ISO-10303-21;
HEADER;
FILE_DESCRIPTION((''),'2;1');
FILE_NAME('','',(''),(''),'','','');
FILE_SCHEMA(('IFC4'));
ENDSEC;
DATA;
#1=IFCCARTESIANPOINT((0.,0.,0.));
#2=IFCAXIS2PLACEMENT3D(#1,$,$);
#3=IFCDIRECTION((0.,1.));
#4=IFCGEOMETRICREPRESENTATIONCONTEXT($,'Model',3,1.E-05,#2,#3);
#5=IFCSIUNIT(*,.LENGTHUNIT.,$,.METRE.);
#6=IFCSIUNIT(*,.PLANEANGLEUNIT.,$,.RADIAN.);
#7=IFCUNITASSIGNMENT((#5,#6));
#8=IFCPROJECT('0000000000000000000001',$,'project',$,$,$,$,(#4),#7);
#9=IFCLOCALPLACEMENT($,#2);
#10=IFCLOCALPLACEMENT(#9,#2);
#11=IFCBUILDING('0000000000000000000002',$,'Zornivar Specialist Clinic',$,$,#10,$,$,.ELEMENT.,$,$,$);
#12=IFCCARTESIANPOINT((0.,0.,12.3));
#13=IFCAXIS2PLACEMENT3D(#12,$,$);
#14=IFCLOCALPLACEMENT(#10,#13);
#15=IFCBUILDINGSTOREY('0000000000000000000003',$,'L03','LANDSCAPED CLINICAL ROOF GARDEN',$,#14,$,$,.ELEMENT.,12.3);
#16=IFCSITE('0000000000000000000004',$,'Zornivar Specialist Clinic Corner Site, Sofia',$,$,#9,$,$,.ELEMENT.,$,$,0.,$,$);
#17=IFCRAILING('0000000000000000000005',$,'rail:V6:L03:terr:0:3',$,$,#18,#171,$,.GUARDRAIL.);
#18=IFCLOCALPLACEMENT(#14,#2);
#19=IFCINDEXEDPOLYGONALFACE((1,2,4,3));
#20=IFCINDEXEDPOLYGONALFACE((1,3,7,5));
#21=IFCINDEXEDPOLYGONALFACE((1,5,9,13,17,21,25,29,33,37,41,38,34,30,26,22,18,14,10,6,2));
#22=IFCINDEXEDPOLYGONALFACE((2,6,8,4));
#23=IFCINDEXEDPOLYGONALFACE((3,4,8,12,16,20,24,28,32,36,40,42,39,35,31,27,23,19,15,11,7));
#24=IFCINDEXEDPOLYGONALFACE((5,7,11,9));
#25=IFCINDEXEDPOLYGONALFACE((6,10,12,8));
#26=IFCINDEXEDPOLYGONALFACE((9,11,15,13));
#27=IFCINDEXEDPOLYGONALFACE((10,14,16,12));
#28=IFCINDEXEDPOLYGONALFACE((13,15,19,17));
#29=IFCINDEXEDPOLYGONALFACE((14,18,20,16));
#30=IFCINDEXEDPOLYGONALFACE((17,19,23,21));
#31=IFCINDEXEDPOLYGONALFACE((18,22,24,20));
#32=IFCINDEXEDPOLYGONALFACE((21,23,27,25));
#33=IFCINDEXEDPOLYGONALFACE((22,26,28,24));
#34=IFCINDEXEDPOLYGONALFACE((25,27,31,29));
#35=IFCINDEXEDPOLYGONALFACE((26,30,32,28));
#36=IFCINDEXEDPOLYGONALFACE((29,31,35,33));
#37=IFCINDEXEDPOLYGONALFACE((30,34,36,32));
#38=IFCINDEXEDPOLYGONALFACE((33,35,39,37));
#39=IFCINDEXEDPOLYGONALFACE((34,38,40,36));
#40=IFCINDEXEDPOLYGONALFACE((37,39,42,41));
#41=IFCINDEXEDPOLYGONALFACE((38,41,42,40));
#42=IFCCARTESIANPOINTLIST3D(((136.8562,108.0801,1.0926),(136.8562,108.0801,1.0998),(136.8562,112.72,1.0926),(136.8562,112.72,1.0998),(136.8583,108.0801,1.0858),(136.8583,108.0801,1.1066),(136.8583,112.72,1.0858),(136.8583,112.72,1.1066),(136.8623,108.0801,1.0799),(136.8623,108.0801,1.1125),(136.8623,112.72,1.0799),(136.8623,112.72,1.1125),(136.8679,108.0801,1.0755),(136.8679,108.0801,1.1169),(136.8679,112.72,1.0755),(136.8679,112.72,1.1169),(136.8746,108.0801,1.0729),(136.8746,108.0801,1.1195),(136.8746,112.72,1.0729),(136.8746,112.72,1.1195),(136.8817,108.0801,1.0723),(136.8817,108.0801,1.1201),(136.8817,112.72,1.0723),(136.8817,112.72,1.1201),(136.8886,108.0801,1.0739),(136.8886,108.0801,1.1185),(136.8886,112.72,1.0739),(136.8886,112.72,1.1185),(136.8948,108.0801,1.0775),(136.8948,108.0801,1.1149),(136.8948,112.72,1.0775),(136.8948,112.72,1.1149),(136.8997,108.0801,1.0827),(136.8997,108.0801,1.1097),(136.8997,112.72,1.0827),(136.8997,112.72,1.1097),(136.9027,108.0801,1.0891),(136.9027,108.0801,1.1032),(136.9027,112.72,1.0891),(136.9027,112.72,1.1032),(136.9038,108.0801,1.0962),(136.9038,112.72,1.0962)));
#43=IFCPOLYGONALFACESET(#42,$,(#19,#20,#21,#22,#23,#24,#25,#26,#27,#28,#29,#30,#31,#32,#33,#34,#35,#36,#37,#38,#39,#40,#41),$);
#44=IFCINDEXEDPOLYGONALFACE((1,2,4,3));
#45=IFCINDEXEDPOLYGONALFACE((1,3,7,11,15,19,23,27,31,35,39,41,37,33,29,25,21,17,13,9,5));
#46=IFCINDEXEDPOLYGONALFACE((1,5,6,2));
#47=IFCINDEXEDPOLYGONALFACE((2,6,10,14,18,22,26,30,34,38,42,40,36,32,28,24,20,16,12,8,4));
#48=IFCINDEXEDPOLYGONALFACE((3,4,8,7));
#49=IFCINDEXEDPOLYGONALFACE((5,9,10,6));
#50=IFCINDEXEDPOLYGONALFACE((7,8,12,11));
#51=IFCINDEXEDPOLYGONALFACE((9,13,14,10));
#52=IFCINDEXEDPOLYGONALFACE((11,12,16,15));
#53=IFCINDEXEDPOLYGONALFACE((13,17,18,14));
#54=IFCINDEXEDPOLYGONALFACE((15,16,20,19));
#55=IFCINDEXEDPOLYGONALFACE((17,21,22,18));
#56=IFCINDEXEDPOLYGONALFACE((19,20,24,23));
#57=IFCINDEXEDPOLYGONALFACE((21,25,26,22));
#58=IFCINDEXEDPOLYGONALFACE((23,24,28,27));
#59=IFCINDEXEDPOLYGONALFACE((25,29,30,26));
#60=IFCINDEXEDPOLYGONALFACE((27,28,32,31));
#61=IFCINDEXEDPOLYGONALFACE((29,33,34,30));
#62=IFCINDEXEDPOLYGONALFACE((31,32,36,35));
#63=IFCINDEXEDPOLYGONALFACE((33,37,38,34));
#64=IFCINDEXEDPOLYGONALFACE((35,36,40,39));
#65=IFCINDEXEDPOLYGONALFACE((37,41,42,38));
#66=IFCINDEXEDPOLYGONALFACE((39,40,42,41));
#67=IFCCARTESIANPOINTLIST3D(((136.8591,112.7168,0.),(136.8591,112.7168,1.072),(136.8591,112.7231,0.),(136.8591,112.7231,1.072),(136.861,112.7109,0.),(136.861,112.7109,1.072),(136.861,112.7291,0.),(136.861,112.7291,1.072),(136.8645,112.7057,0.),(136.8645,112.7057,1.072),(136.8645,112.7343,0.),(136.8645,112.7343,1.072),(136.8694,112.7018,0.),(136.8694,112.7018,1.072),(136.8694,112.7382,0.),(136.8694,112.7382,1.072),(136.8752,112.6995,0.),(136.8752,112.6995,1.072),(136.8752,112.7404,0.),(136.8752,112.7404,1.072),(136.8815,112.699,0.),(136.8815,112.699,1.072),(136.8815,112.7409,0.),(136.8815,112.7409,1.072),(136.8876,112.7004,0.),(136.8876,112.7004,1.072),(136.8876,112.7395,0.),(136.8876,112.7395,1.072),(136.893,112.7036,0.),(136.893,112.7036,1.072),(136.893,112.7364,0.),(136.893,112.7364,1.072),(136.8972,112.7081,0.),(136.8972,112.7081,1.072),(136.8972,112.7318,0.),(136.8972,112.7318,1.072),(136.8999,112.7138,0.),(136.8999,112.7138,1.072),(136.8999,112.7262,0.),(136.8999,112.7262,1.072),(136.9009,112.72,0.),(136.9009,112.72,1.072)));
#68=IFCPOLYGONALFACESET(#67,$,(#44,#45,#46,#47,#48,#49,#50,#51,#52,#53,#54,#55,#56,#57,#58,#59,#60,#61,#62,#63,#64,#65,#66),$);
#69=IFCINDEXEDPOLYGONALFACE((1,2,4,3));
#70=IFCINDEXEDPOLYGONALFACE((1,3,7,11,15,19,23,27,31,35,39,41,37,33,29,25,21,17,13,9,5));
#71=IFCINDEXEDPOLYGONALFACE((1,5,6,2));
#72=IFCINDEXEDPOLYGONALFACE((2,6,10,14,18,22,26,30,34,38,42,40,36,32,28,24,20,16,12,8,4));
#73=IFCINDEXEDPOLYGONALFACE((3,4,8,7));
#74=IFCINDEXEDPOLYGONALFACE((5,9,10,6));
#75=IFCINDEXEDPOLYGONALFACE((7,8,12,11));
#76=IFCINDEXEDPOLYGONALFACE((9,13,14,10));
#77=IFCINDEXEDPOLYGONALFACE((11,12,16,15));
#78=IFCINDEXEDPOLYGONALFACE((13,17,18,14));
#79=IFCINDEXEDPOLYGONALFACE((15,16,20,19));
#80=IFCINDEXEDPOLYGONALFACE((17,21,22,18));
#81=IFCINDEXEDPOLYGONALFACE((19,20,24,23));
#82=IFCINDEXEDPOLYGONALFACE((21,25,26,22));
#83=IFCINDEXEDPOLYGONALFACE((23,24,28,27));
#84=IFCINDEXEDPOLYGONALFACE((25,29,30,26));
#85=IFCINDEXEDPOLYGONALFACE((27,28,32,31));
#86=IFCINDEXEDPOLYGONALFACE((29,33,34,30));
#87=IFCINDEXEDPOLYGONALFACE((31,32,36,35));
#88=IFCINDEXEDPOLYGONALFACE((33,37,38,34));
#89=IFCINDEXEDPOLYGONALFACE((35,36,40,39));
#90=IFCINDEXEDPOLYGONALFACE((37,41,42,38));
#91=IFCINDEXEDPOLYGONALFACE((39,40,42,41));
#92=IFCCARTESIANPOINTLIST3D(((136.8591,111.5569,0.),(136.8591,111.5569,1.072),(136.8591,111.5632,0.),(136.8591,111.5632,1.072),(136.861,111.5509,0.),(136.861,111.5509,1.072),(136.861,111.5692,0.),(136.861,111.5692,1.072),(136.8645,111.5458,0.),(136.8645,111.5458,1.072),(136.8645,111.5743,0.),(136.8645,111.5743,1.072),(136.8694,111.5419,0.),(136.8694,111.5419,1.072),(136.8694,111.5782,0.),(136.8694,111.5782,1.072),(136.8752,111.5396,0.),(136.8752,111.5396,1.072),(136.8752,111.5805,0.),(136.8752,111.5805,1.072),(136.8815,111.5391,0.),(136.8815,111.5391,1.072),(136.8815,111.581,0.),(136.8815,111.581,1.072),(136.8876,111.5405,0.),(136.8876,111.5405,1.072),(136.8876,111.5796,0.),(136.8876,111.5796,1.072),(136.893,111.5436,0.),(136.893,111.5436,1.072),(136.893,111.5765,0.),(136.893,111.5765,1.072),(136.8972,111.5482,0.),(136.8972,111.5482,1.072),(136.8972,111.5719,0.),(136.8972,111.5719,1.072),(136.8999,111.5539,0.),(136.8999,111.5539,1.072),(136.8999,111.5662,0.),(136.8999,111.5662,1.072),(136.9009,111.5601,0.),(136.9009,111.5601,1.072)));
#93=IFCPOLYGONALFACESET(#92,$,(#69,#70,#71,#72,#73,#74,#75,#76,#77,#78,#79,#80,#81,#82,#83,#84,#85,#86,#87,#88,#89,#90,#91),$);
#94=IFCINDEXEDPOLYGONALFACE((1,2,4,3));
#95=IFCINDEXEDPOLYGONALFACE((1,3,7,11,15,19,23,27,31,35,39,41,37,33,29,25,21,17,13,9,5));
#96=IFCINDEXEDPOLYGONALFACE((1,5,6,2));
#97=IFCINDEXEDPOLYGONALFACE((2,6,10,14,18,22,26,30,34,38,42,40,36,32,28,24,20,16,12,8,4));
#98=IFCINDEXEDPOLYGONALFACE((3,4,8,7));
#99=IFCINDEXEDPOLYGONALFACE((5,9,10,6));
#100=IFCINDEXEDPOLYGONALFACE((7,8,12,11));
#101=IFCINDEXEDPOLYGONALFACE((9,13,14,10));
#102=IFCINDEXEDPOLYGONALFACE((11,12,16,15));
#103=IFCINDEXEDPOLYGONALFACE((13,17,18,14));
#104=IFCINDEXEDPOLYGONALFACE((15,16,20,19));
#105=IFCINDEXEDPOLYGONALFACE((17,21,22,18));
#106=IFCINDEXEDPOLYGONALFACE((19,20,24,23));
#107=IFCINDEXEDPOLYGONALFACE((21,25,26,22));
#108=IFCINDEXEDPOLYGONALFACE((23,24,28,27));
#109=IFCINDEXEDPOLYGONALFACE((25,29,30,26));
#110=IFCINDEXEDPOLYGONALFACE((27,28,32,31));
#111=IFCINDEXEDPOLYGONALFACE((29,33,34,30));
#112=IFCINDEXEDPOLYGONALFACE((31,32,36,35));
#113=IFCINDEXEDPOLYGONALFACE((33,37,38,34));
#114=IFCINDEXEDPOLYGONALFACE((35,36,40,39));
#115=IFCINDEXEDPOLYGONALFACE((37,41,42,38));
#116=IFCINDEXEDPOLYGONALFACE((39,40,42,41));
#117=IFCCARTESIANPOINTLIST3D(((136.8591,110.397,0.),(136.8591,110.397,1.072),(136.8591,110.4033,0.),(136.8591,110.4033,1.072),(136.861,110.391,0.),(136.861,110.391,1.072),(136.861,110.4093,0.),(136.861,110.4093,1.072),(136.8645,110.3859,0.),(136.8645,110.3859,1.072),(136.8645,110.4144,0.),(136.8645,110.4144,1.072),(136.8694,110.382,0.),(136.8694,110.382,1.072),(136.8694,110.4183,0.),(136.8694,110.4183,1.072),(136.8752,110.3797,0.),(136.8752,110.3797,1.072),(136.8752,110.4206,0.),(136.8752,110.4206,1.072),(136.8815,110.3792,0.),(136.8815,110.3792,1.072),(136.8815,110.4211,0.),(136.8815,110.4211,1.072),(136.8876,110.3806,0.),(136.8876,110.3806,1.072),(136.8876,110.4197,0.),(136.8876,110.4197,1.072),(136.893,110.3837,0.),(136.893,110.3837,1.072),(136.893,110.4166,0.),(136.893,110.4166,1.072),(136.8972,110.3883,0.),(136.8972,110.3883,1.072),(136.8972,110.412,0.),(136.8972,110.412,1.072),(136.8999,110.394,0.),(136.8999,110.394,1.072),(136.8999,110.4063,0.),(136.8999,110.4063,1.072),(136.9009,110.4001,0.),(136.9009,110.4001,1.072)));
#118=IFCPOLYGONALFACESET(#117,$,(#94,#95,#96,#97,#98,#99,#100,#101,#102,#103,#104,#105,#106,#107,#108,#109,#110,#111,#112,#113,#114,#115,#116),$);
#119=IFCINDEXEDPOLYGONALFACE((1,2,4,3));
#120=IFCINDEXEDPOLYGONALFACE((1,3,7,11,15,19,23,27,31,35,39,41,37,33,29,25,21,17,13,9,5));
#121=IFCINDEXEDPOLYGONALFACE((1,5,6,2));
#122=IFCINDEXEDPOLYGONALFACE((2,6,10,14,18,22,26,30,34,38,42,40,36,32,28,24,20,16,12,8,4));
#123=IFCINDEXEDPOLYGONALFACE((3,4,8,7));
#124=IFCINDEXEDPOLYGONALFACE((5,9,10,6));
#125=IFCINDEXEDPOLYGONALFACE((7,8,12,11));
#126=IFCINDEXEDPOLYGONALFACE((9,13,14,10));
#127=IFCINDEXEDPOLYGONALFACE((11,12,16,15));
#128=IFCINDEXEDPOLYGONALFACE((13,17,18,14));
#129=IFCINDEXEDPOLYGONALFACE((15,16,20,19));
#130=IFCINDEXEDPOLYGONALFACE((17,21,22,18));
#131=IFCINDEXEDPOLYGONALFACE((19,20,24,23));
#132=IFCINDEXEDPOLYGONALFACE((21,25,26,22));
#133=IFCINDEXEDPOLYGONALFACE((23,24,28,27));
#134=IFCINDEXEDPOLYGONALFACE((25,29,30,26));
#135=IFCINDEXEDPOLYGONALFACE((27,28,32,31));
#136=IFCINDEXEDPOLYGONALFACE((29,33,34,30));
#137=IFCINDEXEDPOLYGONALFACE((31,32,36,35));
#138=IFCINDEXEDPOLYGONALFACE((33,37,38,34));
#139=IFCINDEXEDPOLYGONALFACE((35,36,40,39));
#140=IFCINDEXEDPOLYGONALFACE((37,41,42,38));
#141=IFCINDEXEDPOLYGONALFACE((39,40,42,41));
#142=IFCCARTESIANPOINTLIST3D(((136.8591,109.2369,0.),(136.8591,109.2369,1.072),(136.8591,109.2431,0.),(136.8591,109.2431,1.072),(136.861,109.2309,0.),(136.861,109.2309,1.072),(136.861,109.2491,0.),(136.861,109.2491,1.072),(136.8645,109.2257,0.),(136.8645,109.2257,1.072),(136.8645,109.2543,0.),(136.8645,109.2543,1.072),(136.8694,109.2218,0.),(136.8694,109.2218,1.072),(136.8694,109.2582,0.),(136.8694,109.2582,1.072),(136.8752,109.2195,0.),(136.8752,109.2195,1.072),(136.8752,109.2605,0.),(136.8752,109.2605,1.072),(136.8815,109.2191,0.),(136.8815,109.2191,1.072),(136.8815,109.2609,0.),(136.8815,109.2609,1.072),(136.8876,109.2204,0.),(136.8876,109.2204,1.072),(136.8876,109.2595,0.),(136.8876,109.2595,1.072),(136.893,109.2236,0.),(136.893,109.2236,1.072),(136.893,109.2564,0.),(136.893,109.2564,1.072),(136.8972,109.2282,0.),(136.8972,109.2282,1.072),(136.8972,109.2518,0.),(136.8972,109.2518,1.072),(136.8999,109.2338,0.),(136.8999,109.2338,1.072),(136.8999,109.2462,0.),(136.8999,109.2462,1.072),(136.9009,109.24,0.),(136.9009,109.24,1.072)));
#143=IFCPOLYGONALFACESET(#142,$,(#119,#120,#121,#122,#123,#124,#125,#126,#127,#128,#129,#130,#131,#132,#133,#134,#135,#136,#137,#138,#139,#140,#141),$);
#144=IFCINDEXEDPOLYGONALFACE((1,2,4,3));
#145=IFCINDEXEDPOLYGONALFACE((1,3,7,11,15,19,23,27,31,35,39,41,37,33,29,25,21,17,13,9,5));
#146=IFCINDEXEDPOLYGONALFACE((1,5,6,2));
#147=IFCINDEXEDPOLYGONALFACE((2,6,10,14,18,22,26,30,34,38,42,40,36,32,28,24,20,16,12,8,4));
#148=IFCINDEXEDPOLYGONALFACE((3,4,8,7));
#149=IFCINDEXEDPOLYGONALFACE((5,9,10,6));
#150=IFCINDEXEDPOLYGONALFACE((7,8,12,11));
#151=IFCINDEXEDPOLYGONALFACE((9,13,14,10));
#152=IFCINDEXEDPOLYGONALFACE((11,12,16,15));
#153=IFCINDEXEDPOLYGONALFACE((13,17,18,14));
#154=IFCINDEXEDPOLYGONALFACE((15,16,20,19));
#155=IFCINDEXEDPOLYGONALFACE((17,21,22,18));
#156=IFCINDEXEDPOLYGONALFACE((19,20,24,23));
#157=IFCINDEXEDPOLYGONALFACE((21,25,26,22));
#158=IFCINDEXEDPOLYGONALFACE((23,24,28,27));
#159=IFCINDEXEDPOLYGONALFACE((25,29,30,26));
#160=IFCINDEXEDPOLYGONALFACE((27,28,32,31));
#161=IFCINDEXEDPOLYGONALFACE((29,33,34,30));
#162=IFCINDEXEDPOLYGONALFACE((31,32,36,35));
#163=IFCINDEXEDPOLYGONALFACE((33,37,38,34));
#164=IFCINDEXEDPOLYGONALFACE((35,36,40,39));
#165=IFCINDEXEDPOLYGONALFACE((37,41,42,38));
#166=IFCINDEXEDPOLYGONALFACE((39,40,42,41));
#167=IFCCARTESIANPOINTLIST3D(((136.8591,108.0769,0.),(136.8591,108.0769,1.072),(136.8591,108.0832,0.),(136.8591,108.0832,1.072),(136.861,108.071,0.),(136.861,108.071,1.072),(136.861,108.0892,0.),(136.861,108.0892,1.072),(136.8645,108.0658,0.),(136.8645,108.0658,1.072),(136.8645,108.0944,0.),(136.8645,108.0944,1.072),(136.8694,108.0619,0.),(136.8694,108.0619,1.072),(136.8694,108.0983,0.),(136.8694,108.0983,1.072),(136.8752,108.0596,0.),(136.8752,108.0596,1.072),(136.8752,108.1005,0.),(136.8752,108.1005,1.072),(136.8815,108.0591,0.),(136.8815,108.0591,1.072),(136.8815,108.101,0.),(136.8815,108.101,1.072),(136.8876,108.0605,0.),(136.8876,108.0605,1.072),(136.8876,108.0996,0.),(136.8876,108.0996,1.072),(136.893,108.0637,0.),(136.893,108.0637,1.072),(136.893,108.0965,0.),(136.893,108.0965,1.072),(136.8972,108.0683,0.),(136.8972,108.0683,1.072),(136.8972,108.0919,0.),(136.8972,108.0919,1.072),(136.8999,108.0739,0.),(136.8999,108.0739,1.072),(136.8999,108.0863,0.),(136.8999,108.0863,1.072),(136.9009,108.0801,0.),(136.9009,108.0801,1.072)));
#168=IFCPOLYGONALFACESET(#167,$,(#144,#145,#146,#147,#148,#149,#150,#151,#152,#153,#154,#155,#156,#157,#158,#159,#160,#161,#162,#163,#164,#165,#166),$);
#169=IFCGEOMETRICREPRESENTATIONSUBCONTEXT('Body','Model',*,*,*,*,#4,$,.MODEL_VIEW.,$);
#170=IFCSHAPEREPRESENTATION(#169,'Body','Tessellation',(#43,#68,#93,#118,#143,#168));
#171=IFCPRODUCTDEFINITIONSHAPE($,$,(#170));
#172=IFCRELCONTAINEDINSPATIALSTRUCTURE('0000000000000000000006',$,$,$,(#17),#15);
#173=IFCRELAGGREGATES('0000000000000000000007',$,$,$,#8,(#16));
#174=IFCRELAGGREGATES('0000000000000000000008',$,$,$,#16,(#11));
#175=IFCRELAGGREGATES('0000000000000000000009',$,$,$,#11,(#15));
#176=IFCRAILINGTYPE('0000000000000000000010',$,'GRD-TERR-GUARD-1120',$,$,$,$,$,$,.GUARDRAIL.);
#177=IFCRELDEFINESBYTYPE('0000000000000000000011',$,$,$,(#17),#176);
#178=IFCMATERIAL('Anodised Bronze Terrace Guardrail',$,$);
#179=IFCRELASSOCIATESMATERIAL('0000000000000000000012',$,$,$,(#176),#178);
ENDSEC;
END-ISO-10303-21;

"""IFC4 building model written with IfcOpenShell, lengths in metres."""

from ifc_helpers import new_model, si_unit, direction, frame, origin, origin_2d, place, context, subcontext, project, spatial, circle, extrude, material, type_object, element, save


model = new_model("IFC4")

# Units and contexts
model_context = context("Model", 3, precision=1e-05, world=origin(), true_north=direction((0.0, 1.0)))
body_context = subcontext(model_context, "Body", "Model", "MODEL_VIEW")
ifc_project = project(units=[si_unit("LENGTHUNIT", "METRE"), si_unit("PLANEANGLEUNIT", "RADIAN")], contexts=[model_context])

# Site, building, storey
site_placement = place(None, origin())
site = spatial("IfcSite", under=ifc_project, at=site_placement, Name="Zornivar Specialist Clinic Corner Site, Sofia", CompositionType="ELEMENT", RefElevation=0.0)
building_placement = place(site_placement, origin())
building = spatial("IfcBuilding", under=site, at=building_placement, Name="Zornivar Specialist Clinic", CompositionType="ELEMENT")
storey_placement = place(building_placement, frame((0.0, 0.0, 12.3)))
storey = spatial("IfcBuildingStorey", under=building, at=storey_placement, Name="L03", Description="LANDSCAPED CLINICAL ROOF GARDEN", CompositionType="ELEMENT", Elevation=12.3)

# Railing
ifc_material_1 = material(Name="Anodised Bronze Terrace Guardrail")
railing_type_1 = type_object("IfcRailingType", Name="GRD-TERR-GUARD-1120", PredefinedType="GUARDRAIL", material=ifc_material_1)
railing_1_placement = place(storey_placement, frame((136.8799, 112.72, 0.0)))
element("IfcRailing", 1, at=railing_1_placement, inside=storey, type_object=railing_type_1, Name="rail:V6:L03:terr:0:3", PredefinedType="GUARDRAIL", context=body_context, shape_type="SweptSolid", body=[
    extrude(circle(Radius=0.0239, at=origin_2d()), frame((0.0, 0.0, 1.0962), z_axis=(0.0, -1.0, 0.0), x_axis=(1.0, 0.0, 0.0)), (0.0, 0.0, 1.0), 4.6399),
    extrude(circle(Radius=0.021, at=origin_2d()), origin(), (0.0, 0.0, 1.0), 1.072),
    extrude(circle(Radius=0.021, at=origin_2d()), frame((0.0, -1.1599, 0.0)), (0.0, 0.0, 1.0), 1.072),
    extrude(circle(Radius=0.021, at=origin_2d()), frame((0.0, -2.3198, 0.0)), (0.0, 0.0, 1.0), 1.072),
    extrude(circle(Radius=0.021, at=origin_2d()), frame((0.0, -3.48, 0.0)), (0.0, 0.0, 1.0), 1.072),
    extrude(circle(Radius=0.021, at=origin_2d()), frame((0.0, -4.6399, 0.0)), (0.0, 0.0, 1.0), 1.072),
])

save(model, "model.ifc")
